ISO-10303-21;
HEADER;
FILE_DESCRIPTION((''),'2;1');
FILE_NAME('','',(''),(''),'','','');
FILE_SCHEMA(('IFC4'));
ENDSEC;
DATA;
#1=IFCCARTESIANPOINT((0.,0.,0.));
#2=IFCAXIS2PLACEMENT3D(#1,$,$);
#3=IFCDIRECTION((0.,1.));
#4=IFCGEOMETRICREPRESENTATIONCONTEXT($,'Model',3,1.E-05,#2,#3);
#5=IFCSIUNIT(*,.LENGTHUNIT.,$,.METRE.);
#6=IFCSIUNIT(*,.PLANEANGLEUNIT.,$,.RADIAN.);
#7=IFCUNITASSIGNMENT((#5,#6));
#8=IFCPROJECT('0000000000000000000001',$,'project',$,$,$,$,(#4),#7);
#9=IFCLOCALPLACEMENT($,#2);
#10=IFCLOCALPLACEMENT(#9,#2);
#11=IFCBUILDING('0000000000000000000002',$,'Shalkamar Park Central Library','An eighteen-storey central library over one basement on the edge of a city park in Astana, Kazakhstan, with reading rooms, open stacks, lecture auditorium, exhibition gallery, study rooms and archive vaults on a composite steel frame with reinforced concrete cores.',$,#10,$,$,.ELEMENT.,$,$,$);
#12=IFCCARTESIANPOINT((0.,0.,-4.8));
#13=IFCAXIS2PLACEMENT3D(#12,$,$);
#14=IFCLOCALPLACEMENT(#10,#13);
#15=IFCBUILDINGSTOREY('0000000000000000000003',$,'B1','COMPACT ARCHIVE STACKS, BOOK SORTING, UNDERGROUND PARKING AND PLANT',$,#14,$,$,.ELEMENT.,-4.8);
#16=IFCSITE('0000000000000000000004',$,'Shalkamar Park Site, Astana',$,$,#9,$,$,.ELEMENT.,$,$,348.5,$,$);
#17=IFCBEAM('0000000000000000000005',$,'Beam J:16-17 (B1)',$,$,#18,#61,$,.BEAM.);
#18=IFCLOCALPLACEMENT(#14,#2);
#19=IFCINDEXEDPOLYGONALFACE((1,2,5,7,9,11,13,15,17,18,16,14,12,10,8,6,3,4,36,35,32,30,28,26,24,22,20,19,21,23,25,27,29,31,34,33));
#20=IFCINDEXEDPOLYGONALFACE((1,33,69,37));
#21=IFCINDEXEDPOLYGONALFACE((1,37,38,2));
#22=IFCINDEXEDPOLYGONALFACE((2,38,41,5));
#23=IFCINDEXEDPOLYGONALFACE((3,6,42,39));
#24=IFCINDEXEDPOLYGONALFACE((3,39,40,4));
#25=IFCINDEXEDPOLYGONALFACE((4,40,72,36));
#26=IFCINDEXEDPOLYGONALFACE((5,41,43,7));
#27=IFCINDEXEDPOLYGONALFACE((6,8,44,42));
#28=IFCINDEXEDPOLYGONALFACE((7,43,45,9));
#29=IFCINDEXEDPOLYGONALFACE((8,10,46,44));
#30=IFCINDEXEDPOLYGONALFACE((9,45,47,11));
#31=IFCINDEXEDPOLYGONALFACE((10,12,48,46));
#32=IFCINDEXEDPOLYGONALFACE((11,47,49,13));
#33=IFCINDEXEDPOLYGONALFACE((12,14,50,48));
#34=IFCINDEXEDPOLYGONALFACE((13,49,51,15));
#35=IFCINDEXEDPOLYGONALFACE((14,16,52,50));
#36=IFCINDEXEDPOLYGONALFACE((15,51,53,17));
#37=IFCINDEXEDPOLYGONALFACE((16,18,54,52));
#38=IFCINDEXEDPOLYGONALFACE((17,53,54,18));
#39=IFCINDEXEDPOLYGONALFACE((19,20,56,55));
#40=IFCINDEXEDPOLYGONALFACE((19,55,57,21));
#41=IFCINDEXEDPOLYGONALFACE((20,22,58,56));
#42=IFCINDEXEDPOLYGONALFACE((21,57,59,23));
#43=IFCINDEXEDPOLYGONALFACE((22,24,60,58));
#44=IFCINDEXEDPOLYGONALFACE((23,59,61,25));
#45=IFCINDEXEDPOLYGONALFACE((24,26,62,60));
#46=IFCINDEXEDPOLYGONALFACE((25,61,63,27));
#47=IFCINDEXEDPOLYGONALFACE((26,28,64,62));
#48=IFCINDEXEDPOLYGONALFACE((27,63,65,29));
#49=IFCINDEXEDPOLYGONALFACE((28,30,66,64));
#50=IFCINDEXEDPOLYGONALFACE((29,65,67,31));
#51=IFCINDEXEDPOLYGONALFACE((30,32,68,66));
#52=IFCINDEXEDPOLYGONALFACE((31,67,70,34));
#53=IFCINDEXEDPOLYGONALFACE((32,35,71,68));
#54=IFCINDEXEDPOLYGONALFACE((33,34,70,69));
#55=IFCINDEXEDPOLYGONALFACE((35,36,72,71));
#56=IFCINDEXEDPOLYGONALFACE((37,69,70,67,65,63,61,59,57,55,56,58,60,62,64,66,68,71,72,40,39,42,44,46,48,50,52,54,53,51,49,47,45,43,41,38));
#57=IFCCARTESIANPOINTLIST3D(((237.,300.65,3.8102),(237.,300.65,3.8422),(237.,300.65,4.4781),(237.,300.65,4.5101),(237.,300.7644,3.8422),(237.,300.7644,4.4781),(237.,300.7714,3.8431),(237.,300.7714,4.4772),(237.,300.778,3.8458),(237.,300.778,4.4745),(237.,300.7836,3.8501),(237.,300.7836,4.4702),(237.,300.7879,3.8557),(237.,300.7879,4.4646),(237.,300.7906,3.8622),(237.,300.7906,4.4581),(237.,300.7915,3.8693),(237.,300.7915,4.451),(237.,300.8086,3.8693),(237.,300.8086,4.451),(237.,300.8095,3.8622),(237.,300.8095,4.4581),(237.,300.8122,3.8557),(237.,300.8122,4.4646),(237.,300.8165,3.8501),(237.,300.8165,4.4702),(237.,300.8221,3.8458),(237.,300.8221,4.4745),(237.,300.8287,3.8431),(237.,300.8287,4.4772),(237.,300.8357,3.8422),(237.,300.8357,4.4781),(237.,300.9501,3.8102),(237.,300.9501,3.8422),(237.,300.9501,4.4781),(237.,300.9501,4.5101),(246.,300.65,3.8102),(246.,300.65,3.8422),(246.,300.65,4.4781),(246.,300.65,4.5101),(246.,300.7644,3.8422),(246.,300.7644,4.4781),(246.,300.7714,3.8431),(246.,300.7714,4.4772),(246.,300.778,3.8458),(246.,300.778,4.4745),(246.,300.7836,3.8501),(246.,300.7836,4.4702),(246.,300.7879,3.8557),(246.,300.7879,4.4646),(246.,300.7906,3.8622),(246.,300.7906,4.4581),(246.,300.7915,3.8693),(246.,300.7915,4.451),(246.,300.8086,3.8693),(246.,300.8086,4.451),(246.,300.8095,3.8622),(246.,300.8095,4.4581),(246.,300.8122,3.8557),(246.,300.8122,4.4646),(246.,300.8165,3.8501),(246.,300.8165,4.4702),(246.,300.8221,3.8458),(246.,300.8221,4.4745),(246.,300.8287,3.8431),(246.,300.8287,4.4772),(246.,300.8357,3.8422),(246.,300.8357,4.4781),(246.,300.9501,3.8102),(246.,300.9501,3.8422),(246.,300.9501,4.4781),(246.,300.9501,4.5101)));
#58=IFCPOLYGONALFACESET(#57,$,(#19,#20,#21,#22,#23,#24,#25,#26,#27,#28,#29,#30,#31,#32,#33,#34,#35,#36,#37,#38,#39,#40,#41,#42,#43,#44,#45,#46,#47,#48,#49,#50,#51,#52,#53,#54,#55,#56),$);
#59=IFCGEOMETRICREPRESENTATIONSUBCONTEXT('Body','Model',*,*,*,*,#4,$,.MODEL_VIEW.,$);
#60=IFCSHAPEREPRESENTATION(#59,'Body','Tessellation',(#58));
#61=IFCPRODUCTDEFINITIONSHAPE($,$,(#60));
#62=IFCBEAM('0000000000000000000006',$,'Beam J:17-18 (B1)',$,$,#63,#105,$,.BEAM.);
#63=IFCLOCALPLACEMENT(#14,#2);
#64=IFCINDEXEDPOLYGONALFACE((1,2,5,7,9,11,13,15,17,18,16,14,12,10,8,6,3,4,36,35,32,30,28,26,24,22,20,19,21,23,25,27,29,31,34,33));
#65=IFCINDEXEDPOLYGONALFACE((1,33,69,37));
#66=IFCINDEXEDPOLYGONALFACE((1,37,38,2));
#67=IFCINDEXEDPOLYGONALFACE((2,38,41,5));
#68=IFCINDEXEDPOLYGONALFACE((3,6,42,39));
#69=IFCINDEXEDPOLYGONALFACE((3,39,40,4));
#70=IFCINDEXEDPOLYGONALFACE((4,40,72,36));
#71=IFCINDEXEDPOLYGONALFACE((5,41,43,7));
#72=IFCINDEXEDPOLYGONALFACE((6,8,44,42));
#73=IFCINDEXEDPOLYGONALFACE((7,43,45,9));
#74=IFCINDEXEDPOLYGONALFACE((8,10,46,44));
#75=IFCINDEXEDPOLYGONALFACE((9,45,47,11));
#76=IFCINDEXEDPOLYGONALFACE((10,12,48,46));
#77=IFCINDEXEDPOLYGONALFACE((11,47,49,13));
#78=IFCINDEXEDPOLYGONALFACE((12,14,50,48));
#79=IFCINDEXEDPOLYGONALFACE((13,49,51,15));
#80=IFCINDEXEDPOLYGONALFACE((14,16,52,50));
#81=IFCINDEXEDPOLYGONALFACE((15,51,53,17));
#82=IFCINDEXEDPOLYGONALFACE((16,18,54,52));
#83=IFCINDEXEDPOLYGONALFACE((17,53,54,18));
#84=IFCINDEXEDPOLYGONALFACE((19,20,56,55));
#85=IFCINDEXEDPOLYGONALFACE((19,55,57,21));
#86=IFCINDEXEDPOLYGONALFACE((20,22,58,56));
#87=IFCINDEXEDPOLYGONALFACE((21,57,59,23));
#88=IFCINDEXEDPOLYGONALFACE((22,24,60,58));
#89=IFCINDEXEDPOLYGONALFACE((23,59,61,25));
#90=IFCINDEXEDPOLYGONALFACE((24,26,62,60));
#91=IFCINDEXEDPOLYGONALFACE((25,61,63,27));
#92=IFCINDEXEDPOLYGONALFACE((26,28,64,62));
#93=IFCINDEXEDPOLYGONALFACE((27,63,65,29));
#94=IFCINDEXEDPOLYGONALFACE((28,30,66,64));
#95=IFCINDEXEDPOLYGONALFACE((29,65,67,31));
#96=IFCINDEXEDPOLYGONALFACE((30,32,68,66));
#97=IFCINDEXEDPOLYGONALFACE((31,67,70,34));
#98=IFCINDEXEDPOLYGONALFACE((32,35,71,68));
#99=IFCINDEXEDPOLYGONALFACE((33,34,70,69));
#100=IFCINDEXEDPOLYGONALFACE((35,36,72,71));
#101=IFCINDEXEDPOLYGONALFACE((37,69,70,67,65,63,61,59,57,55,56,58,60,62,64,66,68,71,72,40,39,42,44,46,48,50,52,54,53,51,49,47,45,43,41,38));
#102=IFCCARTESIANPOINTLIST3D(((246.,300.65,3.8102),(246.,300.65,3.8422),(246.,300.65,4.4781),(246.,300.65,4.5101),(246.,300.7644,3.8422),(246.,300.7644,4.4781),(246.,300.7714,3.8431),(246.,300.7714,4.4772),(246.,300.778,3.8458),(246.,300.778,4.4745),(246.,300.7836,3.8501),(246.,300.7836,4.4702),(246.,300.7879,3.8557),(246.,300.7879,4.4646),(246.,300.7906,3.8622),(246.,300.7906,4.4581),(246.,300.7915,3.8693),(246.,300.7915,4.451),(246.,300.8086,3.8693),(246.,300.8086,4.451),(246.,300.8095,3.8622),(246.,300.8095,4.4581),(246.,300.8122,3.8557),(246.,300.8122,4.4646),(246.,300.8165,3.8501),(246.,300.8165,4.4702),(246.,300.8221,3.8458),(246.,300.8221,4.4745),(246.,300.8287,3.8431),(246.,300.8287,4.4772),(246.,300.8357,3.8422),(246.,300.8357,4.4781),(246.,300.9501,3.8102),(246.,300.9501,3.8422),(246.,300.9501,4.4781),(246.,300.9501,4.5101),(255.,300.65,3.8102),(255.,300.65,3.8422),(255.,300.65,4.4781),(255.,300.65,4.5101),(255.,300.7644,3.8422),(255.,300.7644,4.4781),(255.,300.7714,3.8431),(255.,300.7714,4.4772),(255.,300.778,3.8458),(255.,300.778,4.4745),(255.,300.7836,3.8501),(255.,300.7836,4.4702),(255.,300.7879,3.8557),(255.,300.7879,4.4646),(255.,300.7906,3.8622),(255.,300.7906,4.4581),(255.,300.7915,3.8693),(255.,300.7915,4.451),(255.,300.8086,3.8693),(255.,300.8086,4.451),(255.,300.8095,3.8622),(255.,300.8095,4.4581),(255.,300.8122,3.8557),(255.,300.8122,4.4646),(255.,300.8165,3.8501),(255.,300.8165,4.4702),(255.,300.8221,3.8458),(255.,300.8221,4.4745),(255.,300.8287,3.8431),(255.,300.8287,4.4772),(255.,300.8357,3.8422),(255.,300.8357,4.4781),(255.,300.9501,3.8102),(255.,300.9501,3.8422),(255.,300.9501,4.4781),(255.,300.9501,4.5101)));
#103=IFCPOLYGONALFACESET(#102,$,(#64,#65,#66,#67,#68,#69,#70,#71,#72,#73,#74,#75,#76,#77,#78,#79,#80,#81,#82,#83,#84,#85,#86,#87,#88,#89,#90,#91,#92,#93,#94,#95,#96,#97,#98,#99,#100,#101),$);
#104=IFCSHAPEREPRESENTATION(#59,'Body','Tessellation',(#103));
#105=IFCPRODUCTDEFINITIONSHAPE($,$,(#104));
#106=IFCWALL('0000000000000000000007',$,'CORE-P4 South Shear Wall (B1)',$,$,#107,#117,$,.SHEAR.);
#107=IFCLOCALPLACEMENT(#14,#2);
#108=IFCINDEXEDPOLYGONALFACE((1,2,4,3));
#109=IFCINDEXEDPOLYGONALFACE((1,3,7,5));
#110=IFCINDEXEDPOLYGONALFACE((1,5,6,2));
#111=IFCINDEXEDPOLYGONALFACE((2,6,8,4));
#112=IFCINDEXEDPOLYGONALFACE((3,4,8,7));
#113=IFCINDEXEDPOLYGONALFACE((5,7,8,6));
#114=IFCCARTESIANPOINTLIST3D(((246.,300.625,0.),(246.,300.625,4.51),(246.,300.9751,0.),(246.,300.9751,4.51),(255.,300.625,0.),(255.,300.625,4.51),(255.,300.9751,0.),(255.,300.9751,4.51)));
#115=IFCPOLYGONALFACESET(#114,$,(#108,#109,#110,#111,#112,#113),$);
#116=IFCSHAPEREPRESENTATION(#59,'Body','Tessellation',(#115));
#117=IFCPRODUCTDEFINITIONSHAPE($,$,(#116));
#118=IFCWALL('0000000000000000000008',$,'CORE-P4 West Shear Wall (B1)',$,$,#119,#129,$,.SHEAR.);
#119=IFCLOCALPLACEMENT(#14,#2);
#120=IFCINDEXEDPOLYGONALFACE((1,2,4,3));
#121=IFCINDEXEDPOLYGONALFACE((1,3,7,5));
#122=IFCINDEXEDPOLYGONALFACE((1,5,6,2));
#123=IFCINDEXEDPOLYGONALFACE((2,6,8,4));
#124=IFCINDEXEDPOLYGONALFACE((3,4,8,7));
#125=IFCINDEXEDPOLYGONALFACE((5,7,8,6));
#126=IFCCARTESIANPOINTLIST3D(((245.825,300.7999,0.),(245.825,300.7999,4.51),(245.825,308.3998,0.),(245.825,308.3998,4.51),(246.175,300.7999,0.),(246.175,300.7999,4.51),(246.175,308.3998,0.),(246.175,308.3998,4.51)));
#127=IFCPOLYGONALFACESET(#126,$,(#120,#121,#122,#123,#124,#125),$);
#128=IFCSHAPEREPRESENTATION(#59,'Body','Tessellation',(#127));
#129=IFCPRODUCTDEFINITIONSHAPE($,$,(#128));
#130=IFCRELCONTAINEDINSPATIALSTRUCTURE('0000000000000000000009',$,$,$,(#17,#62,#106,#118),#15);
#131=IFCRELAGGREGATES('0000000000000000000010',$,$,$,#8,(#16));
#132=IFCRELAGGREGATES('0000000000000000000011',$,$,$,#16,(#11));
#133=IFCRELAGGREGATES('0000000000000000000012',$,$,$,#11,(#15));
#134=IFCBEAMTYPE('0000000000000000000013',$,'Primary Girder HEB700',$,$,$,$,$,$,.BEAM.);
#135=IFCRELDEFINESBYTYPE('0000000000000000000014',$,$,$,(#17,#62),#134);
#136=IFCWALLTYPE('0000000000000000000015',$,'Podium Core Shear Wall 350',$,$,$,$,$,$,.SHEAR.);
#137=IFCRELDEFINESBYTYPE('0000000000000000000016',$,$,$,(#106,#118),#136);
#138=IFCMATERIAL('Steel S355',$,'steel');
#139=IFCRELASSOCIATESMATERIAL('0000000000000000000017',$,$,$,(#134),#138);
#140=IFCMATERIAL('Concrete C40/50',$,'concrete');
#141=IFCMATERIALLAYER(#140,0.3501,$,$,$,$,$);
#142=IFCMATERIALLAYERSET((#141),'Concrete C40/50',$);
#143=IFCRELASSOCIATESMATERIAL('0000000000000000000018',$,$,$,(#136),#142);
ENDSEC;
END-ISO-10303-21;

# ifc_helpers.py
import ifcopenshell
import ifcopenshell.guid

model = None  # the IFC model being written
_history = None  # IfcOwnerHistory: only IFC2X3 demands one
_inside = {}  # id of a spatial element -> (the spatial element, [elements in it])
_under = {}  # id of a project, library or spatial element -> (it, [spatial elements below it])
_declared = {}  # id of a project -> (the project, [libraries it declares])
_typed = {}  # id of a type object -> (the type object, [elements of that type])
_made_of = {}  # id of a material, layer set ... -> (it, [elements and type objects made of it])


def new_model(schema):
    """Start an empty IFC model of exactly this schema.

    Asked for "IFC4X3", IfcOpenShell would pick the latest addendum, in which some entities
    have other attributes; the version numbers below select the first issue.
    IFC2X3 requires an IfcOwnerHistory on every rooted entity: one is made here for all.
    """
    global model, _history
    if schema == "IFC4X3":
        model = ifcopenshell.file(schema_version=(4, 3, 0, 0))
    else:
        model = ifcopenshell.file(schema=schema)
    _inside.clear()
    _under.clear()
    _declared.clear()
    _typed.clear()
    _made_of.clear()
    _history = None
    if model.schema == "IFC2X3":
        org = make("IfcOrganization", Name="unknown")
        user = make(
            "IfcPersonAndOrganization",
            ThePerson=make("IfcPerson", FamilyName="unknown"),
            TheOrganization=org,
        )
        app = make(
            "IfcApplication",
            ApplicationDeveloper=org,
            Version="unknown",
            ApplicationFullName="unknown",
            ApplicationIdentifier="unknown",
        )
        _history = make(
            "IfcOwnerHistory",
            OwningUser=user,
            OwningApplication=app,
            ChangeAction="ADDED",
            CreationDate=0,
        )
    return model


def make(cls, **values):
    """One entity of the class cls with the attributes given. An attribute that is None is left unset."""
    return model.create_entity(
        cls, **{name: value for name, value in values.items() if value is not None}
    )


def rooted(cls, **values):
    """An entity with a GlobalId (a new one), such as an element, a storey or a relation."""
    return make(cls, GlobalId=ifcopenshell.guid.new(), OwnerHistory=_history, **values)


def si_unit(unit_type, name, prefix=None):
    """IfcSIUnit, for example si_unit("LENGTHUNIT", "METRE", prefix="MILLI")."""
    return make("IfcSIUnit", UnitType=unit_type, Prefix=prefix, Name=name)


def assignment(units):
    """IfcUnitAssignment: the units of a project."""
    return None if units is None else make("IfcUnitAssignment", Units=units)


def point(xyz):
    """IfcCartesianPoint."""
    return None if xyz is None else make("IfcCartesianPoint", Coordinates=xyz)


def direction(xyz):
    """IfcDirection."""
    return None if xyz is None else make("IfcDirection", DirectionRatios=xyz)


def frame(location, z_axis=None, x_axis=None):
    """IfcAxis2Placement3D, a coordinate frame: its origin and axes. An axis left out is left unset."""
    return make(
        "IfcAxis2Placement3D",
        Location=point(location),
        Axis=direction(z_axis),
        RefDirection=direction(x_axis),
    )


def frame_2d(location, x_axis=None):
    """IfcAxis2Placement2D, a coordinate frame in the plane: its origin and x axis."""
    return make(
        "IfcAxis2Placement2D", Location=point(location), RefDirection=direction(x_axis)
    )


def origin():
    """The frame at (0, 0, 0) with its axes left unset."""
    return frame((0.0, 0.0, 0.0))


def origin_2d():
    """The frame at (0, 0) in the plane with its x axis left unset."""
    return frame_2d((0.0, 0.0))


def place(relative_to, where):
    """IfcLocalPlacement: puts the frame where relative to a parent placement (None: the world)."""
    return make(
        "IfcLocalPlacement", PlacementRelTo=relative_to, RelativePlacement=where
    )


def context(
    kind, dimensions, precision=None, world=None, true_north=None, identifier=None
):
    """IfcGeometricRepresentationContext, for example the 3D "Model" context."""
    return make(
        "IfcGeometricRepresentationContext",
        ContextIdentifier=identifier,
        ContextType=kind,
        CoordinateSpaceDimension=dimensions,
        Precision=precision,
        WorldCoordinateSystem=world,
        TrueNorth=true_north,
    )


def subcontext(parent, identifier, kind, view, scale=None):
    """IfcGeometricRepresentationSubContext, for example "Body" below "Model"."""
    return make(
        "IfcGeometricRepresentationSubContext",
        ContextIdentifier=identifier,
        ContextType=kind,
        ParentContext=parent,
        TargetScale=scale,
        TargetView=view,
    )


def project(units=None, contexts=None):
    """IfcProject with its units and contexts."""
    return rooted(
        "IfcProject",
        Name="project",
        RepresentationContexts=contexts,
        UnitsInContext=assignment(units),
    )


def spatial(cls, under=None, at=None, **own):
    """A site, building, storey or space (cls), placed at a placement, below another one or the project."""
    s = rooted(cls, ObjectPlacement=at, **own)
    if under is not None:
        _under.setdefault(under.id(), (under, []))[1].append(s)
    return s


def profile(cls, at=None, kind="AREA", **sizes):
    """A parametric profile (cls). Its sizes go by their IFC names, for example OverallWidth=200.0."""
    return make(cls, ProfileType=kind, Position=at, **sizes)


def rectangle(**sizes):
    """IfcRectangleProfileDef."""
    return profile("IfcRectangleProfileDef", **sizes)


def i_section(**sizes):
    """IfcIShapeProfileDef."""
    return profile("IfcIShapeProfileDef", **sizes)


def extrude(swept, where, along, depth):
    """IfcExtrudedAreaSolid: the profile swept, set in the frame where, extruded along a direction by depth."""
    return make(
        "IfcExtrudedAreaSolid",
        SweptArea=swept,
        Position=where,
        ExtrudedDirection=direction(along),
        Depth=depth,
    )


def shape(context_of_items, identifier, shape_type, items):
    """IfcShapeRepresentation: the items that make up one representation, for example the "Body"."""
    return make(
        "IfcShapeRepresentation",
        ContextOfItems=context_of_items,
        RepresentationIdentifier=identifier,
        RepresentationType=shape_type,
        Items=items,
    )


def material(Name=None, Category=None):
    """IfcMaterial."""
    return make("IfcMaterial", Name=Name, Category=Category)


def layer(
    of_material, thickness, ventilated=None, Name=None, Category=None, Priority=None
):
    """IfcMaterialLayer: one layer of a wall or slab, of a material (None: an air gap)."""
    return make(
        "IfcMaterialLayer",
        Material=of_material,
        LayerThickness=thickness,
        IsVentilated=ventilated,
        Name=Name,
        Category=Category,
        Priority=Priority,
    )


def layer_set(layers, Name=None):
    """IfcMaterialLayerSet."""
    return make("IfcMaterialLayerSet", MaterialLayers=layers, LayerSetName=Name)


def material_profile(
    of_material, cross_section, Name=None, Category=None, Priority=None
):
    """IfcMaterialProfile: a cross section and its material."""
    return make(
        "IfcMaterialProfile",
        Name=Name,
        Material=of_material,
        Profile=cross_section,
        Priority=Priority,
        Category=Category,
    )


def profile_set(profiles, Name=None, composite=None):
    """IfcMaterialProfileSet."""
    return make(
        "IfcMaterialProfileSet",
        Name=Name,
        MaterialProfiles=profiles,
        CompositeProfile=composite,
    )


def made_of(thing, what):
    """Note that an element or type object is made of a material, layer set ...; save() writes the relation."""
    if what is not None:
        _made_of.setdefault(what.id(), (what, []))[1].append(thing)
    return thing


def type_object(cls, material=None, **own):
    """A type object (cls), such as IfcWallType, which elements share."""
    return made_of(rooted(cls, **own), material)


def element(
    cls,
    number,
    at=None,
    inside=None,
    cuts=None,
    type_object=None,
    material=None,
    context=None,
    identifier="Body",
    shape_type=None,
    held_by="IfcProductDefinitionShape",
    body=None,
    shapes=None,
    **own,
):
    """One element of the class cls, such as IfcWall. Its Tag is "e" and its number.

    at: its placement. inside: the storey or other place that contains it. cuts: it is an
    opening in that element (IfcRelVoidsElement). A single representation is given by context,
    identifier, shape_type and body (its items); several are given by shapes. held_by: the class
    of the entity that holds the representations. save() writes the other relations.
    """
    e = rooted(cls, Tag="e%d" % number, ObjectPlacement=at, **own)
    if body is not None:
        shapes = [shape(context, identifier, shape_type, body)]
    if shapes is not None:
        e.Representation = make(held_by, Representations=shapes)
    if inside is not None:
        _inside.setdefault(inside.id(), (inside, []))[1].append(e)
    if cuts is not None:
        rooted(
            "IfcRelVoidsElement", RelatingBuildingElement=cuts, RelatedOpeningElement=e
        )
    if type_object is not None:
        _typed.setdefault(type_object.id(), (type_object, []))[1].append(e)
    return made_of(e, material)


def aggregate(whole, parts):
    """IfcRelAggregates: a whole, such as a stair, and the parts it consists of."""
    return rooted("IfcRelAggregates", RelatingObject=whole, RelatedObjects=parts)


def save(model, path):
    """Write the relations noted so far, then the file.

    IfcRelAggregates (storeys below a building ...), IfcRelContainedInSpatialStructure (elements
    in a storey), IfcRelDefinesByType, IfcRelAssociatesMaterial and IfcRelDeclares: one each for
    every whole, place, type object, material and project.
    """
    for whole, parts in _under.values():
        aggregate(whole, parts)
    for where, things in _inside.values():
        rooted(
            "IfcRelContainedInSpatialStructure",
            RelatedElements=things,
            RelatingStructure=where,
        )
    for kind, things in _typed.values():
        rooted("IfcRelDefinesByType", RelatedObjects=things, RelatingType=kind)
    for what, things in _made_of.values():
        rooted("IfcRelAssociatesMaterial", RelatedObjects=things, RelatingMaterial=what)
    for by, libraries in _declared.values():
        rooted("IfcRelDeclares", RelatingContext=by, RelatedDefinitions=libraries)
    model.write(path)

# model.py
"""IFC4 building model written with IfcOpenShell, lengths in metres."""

from ifc_helpers import new_model, si_unit, direction, frame, frame_2d, origin, origin_2d, place, context, subcontext, project, spatial, rectangle, i_section, extrude, material, layer, layer_set, material_profile, profile_set, type_object, element, save


model = new_model("IFC4")

# Units and contexts
model_context = context("Model", 3, precision=1e-05, world=origin(), true_north=direction((0.0, 1.0)))
body_context = subcontext(model_context, "Body", "Model", "MODEL_VIEW")
ifc_project = project(units=[si_unit("LENGTHUNIT", "METRE"), si_unit("PLANEANGLEUNIT", "RADIAN")], contexts=[model_context])

# Site, building, storey
site_placement = place(None, origin())
site = spatial("IfcSite", under=ifc_project, at=site_placement, Name="Shalkamar Park Site, Astana", CompositionType="ELEMENT", RefElevation=348.5)
building_placement = place(site_placement, origin())
building = spatial("IfcBuilding", under=site, at=building_placement, Name="Shalkamar Park Central Library", Description="An eighteen-storey central library over one basement on the edge of a city park in Astana, Kazakhstan, with reading rooms, open stacks, lecture auditorium, exhibition gallery, study rooms and archive vaults on a composite steel frame with reinforced concrete cores.", CompositionType="ELEMENT")
storey_placement = place(building_placement, frame((0.0, 0.0, -4.8)))
storey = spatial("IfcBuildingStorey", under=building, at=storey_placement, Name="B1", Description="COMPACT ARCHIVE STACKS, BOOK SORTING, UNDERGROUND PARKING AND PLANT", CompositionType="ELEMENT", Elevation=-4.8)

# Shared definitions
ifc_material_1 = material(Name="Concrete C40/50", Category="concrete")
ifc_material_2 = material(Name="Steel S355", Category="steel")

# Beams
ifc_material_profile_1 = material_profile(ifc_material_2, i_section(OverallWidth=0.3, OverallDepth=0.7, WebThickness=0.0171, FlangeThickness=0.032, FilletRadius=0.0271, at=origin_2d()), Name="HEB 700")
ifc_profile_set_1 = profile_set([ifc_material_profile_1], Name="Steel S355")
beam_type_1 = type_object("IfcBeamType", Name="Primary Girder HEB700", PredefinedType="BEAM", material=ifc_profile_set_1)
for number, where, z_axis, x_axis, name in (
    (1, (237.0, 300.8, 4.1602), (1.0, 0.0, 0.0), (0.0, 1.0, 0.0), "Beam J:16-17 (B1)"),
    (2, (246.0, 300.8, 4.1602), (1.0, 0.0, 0.0), (0.0, 1.0, 0.0), "Beam J:17-18 (B1)"),
):
    element("IfcBeam", number, at=place(storey_placement, frame(where, z_axis=z_axis, x_axis=x_axis)), inside=storey, type_object=beam_type_1, Name=name, PredefinedType="BEAM", context=body_context, shape_type="SweptSolid", body=[
        extrude(i_section(OverallWidth=0.3, OverallDepth=0.7, WebThickness=0.0171, FlangeThickness=0.032, FilletRadius=0.0271, at=origin_2d()), origin(), (0.0, 0.0, 1.0), 9.0),
    ])

# Walls
ifc_layer = layer(ifc_material_1, 0.3501)
ifc_layer_set = layer_set([ifc_layer], Name="Concrete C40/50")
wall_type = type_object("IfcWallType", Name="Podium Core Shear Wall 350", PredefinedType="SHEAR", material=ifc_layer_set)
wall_1_placement = place(storey_placement, frame((246.0, 300.8, 0.0), z_axis=(0.0, 0.0, 1.0), x_axis=(1.0, 0.0, 0.0)))
element("IfcWall", 3, at=wall_1_placement, inside=storey, type_object=wall_type, Name="CORE-P4 South Shear Wall (B1)", PredefinedType="SHEAR", context=body_context, shape_type="SweptSolid", body=[
    extrude(rectangle(XDim=9.0, YDim=0.3501, at=frame_2d((4.5, 0.0))), origin(), (0.0, 0.0, 1.0), 4.51),
])
wall_2_placement = place(storey_placement, frame((246.0, 300.8, 0.0), z_axis=(0.0, 0.0, 1.0), x_axis=(0.0, 1.0, 0.0)))
element("IfcWall", 4, at=wall_2_placement, inside=storey, type_object=wall_type, Name="CORE-P4 West Shear Wall (B1)", PredefinedType="SHEAR", context=body_context, shape_type="SweptSolid", body=[
    extrude(rectangle(XDim=7.5999, YDim=0.3501, at=frame_2d((3.7998, 0.0))), origin(), (0.0, 0.0, 1.0), 4.51),
])

save(model, "model.ifc")
